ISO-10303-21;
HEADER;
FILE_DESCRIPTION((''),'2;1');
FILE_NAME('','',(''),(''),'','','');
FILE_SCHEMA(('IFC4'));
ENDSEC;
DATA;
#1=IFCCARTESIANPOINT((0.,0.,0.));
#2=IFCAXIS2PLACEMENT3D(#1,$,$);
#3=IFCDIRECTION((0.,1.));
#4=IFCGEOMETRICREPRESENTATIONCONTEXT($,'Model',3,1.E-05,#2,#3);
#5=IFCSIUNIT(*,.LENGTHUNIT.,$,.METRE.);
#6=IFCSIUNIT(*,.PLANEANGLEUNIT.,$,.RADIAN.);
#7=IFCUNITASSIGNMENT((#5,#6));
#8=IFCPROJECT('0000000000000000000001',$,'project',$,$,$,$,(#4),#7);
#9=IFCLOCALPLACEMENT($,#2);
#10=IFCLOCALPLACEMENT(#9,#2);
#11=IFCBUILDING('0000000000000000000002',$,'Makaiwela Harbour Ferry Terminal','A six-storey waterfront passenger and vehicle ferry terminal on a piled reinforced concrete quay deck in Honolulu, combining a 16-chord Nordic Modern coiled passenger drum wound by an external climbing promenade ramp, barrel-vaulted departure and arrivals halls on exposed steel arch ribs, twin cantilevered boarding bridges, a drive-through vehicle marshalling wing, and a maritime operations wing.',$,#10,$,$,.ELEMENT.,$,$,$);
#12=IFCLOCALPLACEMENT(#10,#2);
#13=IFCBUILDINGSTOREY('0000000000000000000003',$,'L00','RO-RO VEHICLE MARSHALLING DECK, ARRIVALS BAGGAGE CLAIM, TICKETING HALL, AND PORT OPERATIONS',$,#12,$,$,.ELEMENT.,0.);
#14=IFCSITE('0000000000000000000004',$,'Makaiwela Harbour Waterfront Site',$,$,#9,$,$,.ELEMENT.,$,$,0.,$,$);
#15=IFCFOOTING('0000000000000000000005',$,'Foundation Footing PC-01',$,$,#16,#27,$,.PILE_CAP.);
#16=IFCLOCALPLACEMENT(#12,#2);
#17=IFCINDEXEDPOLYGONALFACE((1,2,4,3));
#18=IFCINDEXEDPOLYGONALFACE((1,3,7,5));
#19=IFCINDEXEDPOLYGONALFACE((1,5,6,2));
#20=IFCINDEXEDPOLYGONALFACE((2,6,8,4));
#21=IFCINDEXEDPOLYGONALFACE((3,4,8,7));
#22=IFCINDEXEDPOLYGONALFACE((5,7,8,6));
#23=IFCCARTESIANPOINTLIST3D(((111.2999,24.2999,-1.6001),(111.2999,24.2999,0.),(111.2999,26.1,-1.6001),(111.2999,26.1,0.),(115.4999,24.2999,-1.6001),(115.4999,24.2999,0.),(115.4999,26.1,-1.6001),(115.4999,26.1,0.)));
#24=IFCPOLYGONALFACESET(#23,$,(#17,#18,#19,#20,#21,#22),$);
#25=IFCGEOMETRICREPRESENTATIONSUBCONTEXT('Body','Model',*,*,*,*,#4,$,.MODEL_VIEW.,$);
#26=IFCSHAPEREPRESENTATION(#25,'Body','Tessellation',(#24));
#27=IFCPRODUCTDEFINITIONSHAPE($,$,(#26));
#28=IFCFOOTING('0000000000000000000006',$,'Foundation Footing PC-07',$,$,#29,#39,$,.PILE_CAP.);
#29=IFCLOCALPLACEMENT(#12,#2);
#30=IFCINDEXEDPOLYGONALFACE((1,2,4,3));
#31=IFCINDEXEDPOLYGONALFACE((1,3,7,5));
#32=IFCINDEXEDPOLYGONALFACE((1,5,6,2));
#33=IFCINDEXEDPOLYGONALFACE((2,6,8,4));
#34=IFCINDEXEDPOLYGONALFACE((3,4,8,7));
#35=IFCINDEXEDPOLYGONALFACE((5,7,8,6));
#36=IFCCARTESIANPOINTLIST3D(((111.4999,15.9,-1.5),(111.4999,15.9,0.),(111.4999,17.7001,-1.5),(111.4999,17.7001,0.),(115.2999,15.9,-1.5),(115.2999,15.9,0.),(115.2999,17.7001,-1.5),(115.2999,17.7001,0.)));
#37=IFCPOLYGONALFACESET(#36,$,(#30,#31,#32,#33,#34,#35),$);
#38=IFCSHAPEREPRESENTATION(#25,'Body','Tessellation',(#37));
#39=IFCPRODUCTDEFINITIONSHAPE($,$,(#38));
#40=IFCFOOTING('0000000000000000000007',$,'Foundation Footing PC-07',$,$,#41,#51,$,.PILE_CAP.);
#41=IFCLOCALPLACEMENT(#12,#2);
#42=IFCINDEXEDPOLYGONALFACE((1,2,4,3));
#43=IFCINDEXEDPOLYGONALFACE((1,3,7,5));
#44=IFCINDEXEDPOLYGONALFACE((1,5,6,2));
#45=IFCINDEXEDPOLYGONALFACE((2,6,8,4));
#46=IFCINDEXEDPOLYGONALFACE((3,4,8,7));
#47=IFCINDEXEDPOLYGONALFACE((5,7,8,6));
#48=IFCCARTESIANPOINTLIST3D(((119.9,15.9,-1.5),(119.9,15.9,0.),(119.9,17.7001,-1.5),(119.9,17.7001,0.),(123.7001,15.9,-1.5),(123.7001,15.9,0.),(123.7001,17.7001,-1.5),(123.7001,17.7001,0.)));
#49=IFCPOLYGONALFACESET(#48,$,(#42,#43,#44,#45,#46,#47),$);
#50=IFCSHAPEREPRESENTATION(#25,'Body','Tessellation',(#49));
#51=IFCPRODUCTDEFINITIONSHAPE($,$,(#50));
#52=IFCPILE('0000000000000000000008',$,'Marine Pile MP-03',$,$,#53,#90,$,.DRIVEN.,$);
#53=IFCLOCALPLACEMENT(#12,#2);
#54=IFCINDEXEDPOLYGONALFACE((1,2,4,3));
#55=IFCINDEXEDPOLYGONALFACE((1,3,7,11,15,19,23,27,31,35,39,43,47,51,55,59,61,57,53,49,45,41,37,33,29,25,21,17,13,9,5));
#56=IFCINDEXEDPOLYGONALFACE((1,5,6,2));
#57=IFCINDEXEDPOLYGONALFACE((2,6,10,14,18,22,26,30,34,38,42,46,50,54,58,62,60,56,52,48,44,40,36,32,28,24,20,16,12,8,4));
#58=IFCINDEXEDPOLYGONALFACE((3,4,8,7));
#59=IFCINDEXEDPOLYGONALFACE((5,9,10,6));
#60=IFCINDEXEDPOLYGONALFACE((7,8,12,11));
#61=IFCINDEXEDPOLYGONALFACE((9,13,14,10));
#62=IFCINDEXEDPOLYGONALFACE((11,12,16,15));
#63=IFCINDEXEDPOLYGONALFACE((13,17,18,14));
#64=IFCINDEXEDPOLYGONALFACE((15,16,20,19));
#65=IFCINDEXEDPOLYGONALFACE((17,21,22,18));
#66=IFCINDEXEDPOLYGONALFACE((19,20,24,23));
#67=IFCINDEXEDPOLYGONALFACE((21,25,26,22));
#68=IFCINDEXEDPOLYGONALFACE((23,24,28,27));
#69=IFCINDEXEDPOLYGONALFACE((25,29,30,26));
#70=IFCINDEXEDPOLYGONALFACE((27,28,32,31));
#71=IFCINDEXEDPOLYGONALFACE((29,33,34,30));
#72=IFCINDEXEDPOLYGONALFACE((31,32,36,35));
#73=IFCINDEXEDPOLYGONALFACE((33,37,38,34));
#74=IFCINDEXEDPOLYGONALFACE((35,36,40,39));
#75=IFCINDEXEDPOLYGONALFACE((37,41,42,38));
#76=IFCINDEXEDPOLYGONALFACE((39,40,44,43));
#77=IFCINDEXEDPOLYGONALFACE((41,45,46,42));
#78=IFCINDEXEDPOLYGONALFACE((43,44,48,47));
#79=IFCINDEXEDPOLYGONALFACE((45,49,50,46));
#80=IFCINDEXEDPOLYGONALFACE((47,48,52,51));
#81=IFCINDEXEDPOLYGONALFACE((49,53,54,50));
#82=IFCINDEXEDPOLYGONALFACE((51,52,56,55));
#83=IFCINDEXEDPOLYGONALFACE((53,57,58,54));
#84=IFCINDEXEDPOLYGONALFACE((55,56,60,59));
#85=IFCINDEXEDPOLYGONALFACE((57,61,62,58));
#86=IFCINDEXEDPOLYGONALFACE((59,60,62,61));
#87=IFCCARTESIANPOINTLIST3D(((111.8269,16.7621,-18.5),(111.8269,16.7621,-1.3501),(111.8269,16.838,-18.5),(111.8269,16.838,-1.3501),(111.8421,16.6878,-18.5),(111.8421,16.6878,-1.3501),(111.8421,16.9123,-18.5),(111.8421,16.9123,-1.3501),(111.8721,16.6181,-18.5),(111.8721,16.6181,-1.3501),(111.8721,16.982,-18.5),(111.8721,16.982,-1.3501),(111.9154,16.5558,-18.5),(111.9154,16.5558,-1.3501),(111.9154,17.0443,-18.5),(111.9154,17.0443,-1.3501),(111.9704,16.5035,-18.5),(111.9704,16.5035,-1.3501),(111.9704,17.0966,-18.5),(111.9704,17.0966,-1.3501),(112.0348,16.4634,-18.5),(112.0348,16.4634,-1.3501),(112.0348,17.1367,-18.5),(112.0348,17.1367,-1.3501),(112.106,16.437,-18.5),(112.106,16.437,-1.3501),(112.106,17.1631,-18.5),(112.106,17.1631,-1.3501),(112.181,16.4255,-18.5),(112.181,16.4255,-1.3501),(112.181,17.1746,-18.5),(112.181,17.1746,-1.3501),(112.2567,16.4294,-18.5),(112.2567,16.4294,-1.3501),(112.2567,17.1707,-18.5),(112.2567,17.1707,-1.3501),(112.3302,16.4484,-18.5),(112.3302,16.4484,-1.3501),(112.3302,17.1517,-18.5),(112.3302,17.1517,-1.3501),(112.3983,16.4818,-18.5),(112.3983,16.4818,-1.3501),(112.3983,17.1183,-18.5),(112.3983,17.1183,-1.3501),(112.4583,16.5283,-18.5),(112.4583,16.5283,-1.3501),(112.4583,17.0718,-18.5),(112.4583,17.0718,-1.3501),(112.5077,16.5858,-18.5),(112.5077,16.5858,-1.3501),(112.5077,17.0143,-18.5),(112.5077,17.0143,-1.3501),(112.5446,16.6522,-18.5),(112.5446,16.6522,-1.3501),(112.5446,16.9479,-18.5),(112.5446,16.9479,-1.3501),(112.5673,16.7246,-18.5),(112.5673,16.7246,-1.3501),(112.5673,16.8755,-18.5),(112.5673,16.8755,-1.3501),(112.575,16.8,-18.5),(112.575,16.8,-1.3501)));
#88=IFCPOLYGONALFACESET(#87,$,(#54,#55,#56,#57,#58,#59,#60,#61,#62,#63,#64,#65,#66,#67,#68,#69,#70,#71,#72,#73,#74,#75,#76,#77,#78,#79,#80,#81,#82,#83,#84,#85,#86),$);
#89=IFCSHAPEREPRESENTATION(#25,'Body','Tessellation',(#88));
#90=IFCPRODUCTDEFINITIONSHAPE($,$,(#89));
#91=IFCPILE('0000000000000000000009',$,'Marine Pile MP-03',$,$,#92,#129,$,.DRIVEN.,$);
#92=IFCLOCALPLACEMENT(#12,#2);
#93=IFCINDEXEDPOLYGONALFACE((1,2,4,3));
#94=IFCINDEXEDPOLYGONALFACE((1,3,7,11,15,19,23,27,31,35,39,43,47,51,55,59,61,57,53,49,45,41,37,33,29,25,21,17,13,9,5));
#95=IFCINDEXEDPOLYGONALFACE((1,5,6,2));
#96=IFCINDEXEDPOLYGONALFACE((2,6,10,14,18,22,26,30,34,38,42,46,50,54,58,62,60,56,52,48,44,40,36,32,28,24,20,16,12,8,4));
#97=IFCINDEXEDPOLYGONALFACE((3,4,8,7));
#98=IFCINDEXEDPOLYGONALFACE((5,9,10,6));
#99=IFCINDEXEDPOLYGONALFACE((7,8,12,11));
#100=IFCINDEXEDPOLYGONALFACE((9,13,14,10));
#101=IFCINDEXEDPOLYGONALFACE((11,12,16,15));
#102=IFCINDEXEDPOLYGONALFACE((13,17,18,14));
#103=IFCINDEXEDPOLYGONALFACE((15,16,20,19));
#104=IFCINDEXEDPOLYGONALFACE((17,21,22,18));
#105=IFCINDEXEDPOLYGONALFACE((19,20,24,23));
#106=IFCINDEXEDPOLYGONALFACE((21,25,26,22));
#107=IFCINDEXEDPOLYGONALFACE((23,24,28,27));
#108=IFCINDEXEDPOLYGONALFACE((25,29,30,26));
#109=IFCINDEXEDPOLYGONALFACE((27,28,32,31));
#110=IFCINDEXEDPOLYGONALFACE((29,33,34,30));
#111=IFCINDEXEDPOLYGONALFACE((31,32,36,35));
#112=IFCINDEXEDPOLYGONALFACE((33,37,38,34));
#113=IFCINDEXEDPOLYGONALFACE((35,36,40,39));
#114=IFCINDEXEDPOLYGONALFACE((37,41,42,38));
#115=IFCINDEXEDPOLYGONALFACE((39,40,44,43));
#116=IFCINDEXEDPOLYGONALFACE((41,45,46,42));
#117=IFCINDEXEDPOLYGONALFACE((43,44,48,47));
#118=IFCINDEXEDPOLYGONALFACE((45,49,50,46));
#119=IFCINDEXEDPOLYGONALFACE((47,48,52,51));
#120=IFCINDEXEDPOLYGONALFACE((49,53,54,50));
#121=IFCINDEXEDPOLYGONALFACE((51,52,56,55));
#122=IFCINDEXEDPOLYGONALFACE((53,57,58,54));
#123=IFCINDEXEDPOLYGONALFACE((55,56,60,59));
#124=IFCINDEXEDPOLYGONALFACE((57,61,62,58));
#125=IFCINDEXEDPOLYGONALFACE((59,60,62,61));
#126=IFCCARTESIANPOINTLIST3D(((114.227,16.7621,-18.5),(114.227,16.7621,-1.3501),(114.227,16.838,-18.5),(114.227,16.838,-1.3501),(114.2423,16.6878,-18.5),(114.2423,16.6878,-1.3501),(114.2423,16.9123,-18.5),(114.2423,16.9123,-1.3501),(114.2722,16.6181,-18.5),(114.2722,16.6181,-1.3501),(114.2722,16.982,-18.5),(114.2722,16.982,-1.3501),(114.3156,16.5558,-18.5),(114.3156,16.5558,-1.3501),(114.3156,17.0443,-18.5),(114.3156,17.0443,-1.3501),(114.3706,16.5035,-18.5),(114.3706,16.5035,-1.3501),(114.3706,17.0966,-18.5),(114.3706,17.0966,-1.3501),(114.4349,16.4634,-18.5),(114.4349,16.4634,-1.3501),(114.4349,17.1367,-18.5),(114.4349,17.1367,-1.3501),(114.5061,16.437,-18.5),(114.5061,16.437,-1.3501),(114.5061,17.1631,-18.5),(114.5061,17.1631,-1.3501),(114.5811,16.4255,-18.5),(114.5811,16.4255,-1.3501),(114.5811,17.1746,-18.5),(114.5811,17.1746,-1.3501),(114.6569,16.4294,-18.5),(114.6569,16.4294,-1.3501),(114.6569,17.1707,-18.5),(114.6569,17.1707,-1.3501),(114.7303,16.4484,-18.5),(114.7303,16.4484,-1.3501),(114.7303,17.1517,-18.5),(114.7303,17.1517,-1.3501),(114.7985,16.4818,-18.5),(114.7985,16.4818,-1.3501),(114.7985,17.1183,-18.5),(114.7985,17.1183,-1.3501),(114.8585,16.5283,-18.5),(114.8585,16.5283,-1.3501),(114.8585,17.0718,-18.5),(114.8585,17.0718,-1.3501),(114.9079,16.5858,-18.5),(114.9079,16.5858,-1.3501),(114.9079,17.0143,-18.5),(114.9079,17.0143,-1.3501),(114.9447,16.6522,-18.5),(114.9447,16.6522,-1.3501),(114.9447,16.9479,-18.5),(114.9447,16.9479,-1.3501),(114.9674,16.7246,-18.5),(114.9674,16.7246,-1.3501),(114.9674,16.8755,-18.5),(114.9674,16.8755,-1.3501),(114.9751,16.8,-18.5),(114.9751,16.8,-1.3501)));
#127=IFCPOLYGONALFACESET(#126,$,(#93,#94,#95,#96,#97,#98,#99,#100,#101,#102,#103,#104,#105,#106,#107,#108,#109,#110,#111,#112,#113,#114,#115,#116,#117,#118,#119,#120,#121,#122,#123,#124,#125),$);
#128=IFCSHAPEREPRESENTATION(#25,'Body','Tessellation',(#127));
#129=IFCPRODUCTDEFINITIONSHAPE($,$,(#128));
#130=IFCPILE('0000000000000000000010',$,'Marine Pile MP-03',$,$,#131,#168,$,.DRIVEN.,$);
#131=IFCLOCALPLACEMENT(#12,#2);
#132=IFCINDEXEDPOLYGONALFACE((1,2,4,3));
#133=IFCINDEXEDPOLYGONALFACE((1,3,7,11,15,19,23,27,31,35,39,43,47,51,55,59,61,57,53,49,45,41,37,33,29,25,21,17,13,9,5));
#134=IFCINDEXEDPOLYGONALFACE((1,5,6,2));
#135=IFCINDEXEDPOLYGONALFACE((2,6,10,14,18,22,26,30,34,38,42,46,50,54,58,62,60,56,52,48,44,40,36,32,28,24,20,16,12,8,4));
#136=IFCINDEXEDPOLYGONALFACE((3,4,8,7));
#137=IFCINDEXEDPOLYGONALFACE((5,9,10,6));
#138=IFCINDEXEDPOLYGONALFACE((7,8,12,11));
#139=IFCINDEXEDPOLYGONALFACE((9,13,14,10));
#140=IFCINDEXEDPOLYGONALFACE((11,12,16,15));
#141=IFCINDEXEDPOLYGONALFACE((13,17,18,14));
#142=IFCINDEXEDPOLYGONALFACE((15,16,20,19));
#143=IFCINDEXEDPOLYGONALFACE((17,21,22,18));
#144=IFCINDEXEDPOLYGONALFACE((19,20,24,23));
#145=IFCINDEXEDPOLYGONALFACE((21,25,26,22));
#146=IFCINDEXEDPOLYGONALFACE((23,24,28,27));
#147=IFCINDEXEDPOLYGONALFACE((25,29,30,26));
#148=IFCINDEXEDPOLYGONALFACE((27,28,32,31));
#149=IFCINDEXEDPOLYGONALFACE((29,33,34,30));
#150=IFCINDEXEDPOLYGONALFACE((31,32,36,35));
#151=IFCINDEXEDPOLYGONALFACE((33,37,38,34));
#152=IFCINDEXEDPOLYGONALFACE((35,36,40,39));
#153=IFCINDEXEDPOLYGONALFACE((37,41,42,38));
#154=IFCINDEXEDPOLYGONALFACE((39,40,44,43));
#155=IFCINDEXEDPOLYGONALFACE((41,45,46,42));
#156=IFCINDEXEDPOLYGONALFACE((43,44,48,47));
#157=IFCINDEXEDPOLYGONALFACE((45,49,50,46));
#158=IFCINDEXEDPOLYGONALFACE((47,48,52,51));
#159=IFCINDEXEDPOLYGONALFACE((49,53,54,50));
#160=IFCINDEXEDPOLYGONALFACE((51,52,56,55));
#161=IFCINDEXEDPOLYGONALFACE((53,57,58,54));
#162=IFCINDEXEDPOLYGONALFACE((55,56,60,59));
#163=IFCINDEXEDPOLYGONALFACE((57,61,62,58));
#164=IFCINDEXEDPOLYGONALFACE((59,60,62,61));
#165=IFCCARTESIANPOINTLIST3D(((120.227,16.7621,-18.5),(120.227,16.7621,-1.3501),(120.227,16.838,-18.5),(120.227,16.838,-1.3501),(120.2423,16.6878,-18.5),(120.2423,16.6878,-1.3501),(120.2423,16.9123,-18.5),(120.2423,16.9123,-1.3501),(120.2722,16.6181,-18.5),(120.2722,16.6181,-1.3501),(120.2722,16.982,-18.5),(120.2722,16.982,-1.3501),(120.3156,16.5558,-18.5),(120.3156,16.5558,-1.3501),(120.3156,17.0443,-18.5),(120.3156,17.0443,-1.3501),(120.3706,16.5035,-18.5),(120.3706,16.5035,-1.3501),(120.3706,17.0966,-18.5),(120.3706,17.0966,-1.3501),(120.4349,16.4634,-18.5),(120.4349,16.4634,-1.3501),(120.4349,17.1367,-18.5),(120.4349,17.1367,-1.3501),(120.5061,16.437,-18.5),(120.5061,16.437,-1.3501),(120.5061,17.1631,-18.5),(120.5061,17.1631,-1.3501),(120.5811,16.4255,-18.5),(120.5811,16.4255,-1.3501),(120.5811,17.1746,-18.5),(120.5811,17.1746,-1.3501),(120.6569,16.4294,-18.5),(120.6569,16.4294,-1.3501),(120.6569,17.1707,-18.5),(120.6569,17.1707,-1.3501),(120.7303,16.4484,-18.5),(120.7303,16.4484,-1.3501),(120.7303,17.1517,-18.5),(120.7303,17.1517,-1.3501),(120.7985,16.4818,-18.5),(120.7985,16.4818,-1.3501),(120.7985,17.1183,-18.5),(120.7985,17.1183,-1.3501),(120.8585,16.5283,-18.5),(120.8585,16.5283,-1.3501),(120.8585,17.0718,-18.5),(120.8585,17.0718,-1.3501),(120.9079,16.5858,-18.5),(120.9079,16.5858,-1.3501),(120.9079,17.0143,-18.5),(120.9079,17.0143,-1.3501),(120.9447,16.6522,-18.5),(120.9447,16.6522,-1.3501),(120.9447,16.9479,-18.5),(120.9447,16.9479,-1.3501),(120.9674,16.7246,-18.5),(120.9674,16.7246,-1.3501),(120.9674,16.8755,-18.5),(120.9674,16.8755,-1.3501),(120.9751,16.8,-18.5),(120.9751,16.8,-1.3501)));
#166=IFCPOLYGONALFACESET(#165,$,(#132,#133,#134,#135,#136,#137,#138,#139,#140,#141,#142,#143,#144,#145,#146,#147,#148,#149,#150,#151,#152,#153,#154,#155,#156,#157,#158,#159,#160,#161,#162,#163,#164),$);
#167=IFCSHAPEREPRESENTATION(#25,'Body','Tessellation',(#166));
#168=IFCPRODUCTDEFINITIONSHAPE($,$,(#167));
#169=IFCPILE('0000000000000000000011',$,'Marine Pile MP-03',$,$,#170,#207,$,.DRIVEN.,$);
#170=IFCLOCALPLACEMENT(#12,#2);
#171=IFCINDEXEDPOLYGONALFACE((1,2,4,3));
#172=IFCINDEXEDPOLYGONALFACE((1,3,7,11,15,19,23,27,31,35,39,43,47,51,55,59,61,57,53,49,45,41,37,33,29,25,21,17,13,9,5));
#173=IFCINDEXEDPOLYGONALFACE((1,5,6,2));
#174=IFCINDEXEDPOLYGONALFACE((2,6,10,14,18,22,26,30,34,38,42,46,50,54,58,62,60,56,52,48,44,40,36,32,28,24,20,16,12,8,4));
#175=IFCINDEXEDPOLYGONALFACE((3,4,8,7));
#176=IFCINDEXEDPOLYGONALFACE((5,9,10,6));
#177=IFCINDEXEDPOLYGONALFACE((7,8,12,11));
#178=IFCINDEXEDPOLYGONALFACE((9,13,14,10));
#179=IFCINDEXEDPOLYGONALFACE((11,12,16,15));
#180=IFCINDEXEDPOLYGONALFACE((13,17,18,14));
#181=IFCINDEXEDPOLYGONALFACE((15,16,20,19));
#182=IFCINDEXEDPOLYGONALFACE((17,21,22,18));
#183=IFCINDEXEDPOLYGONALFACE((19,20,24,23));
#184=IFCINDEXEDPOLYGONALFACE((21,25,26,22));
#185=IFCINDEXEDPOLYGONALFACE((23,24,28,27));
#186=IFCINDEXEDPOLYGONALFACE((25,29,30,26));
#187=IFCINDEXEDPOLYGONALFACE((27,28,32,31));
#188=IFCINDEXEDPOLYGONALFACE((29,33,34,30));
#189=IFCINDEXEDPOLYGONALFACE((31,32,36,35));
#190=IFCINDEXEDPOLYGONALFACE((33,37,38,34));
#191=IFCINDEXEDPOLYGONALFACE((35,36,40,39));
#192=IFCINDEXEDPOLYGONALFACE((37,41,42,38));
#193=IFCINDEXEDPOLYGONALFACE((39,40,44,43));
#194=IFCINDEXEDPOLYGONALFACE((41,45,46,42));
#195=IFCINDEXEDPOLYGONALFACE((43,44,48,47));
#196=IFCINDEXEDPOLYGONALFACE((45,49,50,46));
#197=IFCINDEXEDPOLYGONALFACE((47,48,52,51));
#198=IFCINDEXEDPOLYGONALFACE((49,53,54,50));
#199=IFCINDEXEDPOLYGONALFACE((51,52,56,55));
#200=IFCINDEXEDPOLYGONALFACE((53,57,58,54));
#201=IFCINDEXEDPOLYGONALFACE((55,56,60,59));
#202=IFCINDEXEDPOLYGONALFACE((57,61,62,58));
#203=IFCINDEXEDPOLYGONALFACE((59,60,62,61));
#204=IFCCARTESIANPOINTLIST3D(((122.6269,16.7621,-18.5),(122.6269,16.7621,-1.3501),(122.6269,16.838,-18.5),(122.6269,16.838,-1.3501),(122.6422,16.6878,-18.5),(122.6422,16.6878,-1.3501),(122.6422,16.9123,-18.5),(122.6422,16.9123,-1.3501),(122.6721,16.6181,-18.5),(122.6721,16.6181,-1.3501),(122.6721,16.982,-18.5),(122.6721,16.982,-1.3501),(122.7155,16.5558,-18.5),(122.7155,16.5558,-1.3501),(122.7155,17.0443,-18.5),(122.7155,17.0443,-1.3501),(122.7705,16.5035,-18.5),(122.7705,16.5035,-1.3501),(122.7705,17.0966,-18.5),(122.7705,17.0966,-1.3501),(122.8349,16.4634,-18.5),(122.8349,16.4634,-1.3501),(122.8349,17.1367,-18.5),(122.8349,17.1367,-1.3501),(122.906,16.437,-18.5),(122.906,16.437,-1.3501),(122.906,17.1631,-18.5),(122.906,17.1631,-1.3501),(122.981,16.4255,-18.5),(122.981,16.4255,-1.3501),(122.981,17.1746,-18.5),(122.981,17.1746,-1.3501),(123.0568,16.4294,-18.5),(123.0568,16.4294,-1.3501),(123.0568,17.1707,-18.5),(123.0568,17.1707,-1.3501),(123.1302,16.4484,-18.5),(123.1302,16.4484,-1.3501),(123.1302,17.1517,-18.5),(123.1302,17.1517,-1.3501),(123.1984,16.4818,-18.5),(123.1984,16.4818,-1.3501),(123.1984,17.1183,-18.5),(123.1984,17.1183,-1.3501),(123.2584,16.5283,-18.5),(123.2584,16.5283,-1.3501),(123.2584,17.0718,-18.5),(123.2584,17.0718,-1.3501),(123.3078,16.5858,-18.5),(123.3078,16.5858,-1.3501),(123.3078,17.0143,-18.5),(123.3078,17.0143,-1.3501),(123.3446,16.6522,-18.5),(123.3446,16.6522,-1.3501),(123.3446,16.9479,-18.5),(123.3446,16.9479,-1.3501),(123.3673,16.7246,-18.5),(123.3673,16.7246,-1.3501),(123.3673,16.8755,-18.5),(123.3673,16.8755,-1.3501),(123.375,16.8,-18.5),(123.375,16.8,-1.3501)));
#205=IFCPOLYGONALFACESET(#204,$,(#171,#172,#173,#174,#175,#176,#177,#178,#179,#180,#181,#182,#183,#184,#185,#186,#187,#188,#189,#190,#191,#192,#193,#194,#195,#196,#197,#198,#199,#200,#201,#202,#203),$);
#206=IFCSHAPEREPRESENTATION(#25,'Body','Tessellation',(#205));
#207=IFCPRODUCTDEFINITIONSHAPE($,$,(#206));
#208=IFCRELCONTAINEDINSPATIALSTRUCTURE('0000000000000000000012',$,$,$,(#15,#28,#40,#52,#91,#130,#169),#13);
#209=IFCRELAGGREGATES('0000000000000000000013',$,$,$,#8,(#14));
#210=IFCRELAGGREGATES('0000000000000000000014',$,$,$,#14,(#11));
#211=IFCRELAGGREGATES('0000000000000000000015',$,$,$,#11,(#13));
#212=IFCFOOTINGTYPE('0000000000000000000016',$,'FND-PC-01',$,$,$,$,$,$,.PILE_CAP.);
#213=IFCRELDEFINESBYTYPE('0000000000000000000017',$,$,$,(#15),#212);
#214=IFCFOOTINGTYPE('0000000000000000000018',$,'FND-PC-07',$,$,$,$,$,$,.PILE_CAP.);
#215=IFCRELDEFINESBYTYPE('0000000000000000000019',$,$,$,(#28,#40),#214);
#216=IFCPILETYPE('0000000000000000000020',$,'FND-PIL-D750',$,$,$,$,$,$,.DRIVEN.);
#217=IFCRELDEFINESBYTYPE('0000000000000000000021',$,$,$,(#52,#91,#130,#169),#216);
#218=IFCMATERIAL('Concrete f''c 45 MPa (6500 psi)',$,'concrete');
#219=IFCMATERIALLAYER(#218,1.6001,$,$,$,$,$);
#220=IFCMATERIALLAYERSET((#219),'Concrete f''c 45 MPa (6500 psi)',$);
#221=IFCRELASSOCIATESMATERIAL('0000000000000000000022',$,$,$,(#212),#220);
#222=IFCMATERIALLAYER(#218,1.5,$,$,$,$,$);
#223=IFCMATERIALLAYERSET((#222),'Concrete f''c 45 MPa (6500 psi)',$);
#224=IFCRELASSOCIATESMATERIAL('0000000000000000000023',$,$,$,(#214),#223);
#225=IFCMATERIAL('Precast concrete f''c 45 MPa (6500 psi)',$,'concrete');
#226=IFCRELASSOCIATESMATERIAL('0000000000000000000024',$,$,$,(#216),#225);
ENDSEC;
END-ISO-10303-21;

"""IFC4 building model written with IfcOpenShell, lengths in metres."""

from ifc_helpers import new_model, si_unit, direction, frame, origin, origin_2d, place, context, subcontext, project, spatial, rectangle, circle, extrude, material, layer, layer_set, material_profile, profile_set, type_object, element, save


model = new_model("IFC4")

# Units and contexts
model_context = context("Model", 3, precision=1e-05, world=origin(), true_north=direction((0.0, 1.0)))
body_context = subcontext(model_context, "Body", "Model", "MODEL_VIEW")
ifc_project = project(units=[si_unit("LENGTHUNIT", "METRE"), si_unit("PLANEANGLEUNIT", "RADIAN")], contexts=[model_context])

# Site, building, storey
site_placement = place(None, origin())
site = spatial("IfcSite", under=ifc_project, at=site_placement, Name="Makaiwela Harbour Waterfront Site", CompositionType="ELEMENT", RefElevation=0.0)
building_placement = place(site_placement, origin())
building = spatial("IfcBuilding", under=site, at=building_placement, Name="Makaiwela Harbour Ferry Terminal", Description="A six-storey waterfront passenger and vehicle ferry terminal on a piled reinforced concrete quay deck in Honolulu, combining a 16-chord Nordic Modern coiled passenger drum wound by an external climbing promenade ramp, barrel-vaulted departure and arrivals halls on exposed steel arch ribs, twin cantilevered boarding bridges, a drive-through vehicle marshalling wing, and a maritime operations wing.", CompositionType="ELEMENT")
storey_placement = place(building_placement, origin())
storey = spatial("IfcBuildingStorey", under=building, at=storey_placement, Name="L00", Description="RO-RO VEHICLE MARSHALLING DECK, ARRIVALS BAGGAGE CLAIM, TICKETING HALL, AND PORT OPERATIONS", CompositionType="ELEMENT", Elevation=0.0)

# Footings
ifc_material_1 = material(Name="Concrete f'c 45 MPa (6500 psi)", Category="concrete")
ifc_layer_1 = layer(ifc_material_1, 1.6001)
ifc_layer_set_1 = layer_set([ifc_layer_1], Name="Concrete f'c 45 MPa (6500 psi)")
footing_type_1 = type_object("IfcFootingType", Name="FND-PC-01", PredefinedType="PILE_CAP", material=ifc_layer_set_1)
footing_1_placement = place(storey_placement, frame((113.3999, 25.2, -1.6001), z_axis=(0.0, 0.0, 1.0), x_axis=(1.0, 0.0, 0.0)))
element("IfcFooting", 1, at=footing_1_placement, inside=storey, type_object=footing_type_1, Name="Foundation Footing PC-01", PredefinedType="PILE_CAP", context=body_context, shape_type="SweptSolid", body=[
    extrude(rectangle(XDim=4.2, YDim=1.8, at=origin_2d()), origin(), (0.0, 0.0, 1.0), 1.6001),
])
ifc_layer_2 = layer(ifc_material_1, 1.5)
ifc_layer_set_2 = layer_set([ifc_layer_2], Name="Concrete f'c 45 MPa (6500 psi)")
footing_type_2 = type_object("IfcFootingType", Name="FND-PC-07", PredefinedType="PILE_CAP", material=ifc_layer_set_2)
for number, where, z_axis, x_axis, name in (
    (2, (113.3999, 16.8, -1.5), (0.0, 0.0, 1.0), (1.0, 0.0, 0.0), "Foundation Footing PC-07"),
    (3, (121.8, 16.8, -1.5), (0.0, 0.0, 1.0), (1.0, 0.0, 0.0), "Foundation Footing PC-07"),
):
    element("IfcFooting", number, at=place(storey_placement, frame(where, z_axis=z_axis, x_axis=x_axis)), inside=storey, type_object=footing_type_2, Name=name, PredefinedType="PILE_CAP", context=body_context, shape_type="SweptSolid", body=[
        extrude(rectangle(XDim=3.8, YDim=1.8, at=origin_2d()), origin(), (0.0, 0.0, 1.0), 1.5),
    ])

# Piles
ifc_material_2 = material(Name="Precast concrete f'c 45 MPa (6500 psi)", Category="concrete")
ifc_material_profile_1 = material_profile(ifc_material_2, circle(Radius=0.375, at=origin_2d()), Name="PILE-D750")
ifc_profile_set_1 = profile_set([ifc_material_profile_1], Name="Precast concrete f'c 45 MPa (6500 psi)")
pile_type_1 = type_object("IfcPileType", Name="FND-PIL-D750", PredefinedType="DRIVEN", material=ifc_profile_set_1)
for number, where, z_axis, x_axis, name in (
    (4, (112.2, 16.8, -1.3501), (0.0, 0.0, -1.0), (1.0, 0.0, 0.0), "Marine Pile MP-03"),
    (5, (114.6001, 16.8, -1.3501), (0.0, 0.0, -1.0), (1.0, 0.0, 0.0), "Marine Pile MP-03"),
    (6, (120.6001, 16.8, -1.3501), (0.0, 0.0, -1.0), (1.0, 0.0, 0.0), "Marine Pile MP-03"),
    (7, (123.0, 16.8, -1.3501), (0.0, 0.0, -1.0), (1.0, 0.0, 0.0), "Marine Pile MP-03"),
):
    element("IfcPile", number, at=place(storey_placement, frame(where, z_axis=z_axis, x_axis=x_axis)), inside=storey, type_object=pile_type_1, Name=name, PredefinedType="DRIVEN", context=body_context, shape_type="SweptSolid", body=[
        extrude(circle(Radius=0.375, at=origin_2d()), origin(), (0.0, 0.0, 1.0), 17.1499),
    ])

save(model, "model.ifc")
